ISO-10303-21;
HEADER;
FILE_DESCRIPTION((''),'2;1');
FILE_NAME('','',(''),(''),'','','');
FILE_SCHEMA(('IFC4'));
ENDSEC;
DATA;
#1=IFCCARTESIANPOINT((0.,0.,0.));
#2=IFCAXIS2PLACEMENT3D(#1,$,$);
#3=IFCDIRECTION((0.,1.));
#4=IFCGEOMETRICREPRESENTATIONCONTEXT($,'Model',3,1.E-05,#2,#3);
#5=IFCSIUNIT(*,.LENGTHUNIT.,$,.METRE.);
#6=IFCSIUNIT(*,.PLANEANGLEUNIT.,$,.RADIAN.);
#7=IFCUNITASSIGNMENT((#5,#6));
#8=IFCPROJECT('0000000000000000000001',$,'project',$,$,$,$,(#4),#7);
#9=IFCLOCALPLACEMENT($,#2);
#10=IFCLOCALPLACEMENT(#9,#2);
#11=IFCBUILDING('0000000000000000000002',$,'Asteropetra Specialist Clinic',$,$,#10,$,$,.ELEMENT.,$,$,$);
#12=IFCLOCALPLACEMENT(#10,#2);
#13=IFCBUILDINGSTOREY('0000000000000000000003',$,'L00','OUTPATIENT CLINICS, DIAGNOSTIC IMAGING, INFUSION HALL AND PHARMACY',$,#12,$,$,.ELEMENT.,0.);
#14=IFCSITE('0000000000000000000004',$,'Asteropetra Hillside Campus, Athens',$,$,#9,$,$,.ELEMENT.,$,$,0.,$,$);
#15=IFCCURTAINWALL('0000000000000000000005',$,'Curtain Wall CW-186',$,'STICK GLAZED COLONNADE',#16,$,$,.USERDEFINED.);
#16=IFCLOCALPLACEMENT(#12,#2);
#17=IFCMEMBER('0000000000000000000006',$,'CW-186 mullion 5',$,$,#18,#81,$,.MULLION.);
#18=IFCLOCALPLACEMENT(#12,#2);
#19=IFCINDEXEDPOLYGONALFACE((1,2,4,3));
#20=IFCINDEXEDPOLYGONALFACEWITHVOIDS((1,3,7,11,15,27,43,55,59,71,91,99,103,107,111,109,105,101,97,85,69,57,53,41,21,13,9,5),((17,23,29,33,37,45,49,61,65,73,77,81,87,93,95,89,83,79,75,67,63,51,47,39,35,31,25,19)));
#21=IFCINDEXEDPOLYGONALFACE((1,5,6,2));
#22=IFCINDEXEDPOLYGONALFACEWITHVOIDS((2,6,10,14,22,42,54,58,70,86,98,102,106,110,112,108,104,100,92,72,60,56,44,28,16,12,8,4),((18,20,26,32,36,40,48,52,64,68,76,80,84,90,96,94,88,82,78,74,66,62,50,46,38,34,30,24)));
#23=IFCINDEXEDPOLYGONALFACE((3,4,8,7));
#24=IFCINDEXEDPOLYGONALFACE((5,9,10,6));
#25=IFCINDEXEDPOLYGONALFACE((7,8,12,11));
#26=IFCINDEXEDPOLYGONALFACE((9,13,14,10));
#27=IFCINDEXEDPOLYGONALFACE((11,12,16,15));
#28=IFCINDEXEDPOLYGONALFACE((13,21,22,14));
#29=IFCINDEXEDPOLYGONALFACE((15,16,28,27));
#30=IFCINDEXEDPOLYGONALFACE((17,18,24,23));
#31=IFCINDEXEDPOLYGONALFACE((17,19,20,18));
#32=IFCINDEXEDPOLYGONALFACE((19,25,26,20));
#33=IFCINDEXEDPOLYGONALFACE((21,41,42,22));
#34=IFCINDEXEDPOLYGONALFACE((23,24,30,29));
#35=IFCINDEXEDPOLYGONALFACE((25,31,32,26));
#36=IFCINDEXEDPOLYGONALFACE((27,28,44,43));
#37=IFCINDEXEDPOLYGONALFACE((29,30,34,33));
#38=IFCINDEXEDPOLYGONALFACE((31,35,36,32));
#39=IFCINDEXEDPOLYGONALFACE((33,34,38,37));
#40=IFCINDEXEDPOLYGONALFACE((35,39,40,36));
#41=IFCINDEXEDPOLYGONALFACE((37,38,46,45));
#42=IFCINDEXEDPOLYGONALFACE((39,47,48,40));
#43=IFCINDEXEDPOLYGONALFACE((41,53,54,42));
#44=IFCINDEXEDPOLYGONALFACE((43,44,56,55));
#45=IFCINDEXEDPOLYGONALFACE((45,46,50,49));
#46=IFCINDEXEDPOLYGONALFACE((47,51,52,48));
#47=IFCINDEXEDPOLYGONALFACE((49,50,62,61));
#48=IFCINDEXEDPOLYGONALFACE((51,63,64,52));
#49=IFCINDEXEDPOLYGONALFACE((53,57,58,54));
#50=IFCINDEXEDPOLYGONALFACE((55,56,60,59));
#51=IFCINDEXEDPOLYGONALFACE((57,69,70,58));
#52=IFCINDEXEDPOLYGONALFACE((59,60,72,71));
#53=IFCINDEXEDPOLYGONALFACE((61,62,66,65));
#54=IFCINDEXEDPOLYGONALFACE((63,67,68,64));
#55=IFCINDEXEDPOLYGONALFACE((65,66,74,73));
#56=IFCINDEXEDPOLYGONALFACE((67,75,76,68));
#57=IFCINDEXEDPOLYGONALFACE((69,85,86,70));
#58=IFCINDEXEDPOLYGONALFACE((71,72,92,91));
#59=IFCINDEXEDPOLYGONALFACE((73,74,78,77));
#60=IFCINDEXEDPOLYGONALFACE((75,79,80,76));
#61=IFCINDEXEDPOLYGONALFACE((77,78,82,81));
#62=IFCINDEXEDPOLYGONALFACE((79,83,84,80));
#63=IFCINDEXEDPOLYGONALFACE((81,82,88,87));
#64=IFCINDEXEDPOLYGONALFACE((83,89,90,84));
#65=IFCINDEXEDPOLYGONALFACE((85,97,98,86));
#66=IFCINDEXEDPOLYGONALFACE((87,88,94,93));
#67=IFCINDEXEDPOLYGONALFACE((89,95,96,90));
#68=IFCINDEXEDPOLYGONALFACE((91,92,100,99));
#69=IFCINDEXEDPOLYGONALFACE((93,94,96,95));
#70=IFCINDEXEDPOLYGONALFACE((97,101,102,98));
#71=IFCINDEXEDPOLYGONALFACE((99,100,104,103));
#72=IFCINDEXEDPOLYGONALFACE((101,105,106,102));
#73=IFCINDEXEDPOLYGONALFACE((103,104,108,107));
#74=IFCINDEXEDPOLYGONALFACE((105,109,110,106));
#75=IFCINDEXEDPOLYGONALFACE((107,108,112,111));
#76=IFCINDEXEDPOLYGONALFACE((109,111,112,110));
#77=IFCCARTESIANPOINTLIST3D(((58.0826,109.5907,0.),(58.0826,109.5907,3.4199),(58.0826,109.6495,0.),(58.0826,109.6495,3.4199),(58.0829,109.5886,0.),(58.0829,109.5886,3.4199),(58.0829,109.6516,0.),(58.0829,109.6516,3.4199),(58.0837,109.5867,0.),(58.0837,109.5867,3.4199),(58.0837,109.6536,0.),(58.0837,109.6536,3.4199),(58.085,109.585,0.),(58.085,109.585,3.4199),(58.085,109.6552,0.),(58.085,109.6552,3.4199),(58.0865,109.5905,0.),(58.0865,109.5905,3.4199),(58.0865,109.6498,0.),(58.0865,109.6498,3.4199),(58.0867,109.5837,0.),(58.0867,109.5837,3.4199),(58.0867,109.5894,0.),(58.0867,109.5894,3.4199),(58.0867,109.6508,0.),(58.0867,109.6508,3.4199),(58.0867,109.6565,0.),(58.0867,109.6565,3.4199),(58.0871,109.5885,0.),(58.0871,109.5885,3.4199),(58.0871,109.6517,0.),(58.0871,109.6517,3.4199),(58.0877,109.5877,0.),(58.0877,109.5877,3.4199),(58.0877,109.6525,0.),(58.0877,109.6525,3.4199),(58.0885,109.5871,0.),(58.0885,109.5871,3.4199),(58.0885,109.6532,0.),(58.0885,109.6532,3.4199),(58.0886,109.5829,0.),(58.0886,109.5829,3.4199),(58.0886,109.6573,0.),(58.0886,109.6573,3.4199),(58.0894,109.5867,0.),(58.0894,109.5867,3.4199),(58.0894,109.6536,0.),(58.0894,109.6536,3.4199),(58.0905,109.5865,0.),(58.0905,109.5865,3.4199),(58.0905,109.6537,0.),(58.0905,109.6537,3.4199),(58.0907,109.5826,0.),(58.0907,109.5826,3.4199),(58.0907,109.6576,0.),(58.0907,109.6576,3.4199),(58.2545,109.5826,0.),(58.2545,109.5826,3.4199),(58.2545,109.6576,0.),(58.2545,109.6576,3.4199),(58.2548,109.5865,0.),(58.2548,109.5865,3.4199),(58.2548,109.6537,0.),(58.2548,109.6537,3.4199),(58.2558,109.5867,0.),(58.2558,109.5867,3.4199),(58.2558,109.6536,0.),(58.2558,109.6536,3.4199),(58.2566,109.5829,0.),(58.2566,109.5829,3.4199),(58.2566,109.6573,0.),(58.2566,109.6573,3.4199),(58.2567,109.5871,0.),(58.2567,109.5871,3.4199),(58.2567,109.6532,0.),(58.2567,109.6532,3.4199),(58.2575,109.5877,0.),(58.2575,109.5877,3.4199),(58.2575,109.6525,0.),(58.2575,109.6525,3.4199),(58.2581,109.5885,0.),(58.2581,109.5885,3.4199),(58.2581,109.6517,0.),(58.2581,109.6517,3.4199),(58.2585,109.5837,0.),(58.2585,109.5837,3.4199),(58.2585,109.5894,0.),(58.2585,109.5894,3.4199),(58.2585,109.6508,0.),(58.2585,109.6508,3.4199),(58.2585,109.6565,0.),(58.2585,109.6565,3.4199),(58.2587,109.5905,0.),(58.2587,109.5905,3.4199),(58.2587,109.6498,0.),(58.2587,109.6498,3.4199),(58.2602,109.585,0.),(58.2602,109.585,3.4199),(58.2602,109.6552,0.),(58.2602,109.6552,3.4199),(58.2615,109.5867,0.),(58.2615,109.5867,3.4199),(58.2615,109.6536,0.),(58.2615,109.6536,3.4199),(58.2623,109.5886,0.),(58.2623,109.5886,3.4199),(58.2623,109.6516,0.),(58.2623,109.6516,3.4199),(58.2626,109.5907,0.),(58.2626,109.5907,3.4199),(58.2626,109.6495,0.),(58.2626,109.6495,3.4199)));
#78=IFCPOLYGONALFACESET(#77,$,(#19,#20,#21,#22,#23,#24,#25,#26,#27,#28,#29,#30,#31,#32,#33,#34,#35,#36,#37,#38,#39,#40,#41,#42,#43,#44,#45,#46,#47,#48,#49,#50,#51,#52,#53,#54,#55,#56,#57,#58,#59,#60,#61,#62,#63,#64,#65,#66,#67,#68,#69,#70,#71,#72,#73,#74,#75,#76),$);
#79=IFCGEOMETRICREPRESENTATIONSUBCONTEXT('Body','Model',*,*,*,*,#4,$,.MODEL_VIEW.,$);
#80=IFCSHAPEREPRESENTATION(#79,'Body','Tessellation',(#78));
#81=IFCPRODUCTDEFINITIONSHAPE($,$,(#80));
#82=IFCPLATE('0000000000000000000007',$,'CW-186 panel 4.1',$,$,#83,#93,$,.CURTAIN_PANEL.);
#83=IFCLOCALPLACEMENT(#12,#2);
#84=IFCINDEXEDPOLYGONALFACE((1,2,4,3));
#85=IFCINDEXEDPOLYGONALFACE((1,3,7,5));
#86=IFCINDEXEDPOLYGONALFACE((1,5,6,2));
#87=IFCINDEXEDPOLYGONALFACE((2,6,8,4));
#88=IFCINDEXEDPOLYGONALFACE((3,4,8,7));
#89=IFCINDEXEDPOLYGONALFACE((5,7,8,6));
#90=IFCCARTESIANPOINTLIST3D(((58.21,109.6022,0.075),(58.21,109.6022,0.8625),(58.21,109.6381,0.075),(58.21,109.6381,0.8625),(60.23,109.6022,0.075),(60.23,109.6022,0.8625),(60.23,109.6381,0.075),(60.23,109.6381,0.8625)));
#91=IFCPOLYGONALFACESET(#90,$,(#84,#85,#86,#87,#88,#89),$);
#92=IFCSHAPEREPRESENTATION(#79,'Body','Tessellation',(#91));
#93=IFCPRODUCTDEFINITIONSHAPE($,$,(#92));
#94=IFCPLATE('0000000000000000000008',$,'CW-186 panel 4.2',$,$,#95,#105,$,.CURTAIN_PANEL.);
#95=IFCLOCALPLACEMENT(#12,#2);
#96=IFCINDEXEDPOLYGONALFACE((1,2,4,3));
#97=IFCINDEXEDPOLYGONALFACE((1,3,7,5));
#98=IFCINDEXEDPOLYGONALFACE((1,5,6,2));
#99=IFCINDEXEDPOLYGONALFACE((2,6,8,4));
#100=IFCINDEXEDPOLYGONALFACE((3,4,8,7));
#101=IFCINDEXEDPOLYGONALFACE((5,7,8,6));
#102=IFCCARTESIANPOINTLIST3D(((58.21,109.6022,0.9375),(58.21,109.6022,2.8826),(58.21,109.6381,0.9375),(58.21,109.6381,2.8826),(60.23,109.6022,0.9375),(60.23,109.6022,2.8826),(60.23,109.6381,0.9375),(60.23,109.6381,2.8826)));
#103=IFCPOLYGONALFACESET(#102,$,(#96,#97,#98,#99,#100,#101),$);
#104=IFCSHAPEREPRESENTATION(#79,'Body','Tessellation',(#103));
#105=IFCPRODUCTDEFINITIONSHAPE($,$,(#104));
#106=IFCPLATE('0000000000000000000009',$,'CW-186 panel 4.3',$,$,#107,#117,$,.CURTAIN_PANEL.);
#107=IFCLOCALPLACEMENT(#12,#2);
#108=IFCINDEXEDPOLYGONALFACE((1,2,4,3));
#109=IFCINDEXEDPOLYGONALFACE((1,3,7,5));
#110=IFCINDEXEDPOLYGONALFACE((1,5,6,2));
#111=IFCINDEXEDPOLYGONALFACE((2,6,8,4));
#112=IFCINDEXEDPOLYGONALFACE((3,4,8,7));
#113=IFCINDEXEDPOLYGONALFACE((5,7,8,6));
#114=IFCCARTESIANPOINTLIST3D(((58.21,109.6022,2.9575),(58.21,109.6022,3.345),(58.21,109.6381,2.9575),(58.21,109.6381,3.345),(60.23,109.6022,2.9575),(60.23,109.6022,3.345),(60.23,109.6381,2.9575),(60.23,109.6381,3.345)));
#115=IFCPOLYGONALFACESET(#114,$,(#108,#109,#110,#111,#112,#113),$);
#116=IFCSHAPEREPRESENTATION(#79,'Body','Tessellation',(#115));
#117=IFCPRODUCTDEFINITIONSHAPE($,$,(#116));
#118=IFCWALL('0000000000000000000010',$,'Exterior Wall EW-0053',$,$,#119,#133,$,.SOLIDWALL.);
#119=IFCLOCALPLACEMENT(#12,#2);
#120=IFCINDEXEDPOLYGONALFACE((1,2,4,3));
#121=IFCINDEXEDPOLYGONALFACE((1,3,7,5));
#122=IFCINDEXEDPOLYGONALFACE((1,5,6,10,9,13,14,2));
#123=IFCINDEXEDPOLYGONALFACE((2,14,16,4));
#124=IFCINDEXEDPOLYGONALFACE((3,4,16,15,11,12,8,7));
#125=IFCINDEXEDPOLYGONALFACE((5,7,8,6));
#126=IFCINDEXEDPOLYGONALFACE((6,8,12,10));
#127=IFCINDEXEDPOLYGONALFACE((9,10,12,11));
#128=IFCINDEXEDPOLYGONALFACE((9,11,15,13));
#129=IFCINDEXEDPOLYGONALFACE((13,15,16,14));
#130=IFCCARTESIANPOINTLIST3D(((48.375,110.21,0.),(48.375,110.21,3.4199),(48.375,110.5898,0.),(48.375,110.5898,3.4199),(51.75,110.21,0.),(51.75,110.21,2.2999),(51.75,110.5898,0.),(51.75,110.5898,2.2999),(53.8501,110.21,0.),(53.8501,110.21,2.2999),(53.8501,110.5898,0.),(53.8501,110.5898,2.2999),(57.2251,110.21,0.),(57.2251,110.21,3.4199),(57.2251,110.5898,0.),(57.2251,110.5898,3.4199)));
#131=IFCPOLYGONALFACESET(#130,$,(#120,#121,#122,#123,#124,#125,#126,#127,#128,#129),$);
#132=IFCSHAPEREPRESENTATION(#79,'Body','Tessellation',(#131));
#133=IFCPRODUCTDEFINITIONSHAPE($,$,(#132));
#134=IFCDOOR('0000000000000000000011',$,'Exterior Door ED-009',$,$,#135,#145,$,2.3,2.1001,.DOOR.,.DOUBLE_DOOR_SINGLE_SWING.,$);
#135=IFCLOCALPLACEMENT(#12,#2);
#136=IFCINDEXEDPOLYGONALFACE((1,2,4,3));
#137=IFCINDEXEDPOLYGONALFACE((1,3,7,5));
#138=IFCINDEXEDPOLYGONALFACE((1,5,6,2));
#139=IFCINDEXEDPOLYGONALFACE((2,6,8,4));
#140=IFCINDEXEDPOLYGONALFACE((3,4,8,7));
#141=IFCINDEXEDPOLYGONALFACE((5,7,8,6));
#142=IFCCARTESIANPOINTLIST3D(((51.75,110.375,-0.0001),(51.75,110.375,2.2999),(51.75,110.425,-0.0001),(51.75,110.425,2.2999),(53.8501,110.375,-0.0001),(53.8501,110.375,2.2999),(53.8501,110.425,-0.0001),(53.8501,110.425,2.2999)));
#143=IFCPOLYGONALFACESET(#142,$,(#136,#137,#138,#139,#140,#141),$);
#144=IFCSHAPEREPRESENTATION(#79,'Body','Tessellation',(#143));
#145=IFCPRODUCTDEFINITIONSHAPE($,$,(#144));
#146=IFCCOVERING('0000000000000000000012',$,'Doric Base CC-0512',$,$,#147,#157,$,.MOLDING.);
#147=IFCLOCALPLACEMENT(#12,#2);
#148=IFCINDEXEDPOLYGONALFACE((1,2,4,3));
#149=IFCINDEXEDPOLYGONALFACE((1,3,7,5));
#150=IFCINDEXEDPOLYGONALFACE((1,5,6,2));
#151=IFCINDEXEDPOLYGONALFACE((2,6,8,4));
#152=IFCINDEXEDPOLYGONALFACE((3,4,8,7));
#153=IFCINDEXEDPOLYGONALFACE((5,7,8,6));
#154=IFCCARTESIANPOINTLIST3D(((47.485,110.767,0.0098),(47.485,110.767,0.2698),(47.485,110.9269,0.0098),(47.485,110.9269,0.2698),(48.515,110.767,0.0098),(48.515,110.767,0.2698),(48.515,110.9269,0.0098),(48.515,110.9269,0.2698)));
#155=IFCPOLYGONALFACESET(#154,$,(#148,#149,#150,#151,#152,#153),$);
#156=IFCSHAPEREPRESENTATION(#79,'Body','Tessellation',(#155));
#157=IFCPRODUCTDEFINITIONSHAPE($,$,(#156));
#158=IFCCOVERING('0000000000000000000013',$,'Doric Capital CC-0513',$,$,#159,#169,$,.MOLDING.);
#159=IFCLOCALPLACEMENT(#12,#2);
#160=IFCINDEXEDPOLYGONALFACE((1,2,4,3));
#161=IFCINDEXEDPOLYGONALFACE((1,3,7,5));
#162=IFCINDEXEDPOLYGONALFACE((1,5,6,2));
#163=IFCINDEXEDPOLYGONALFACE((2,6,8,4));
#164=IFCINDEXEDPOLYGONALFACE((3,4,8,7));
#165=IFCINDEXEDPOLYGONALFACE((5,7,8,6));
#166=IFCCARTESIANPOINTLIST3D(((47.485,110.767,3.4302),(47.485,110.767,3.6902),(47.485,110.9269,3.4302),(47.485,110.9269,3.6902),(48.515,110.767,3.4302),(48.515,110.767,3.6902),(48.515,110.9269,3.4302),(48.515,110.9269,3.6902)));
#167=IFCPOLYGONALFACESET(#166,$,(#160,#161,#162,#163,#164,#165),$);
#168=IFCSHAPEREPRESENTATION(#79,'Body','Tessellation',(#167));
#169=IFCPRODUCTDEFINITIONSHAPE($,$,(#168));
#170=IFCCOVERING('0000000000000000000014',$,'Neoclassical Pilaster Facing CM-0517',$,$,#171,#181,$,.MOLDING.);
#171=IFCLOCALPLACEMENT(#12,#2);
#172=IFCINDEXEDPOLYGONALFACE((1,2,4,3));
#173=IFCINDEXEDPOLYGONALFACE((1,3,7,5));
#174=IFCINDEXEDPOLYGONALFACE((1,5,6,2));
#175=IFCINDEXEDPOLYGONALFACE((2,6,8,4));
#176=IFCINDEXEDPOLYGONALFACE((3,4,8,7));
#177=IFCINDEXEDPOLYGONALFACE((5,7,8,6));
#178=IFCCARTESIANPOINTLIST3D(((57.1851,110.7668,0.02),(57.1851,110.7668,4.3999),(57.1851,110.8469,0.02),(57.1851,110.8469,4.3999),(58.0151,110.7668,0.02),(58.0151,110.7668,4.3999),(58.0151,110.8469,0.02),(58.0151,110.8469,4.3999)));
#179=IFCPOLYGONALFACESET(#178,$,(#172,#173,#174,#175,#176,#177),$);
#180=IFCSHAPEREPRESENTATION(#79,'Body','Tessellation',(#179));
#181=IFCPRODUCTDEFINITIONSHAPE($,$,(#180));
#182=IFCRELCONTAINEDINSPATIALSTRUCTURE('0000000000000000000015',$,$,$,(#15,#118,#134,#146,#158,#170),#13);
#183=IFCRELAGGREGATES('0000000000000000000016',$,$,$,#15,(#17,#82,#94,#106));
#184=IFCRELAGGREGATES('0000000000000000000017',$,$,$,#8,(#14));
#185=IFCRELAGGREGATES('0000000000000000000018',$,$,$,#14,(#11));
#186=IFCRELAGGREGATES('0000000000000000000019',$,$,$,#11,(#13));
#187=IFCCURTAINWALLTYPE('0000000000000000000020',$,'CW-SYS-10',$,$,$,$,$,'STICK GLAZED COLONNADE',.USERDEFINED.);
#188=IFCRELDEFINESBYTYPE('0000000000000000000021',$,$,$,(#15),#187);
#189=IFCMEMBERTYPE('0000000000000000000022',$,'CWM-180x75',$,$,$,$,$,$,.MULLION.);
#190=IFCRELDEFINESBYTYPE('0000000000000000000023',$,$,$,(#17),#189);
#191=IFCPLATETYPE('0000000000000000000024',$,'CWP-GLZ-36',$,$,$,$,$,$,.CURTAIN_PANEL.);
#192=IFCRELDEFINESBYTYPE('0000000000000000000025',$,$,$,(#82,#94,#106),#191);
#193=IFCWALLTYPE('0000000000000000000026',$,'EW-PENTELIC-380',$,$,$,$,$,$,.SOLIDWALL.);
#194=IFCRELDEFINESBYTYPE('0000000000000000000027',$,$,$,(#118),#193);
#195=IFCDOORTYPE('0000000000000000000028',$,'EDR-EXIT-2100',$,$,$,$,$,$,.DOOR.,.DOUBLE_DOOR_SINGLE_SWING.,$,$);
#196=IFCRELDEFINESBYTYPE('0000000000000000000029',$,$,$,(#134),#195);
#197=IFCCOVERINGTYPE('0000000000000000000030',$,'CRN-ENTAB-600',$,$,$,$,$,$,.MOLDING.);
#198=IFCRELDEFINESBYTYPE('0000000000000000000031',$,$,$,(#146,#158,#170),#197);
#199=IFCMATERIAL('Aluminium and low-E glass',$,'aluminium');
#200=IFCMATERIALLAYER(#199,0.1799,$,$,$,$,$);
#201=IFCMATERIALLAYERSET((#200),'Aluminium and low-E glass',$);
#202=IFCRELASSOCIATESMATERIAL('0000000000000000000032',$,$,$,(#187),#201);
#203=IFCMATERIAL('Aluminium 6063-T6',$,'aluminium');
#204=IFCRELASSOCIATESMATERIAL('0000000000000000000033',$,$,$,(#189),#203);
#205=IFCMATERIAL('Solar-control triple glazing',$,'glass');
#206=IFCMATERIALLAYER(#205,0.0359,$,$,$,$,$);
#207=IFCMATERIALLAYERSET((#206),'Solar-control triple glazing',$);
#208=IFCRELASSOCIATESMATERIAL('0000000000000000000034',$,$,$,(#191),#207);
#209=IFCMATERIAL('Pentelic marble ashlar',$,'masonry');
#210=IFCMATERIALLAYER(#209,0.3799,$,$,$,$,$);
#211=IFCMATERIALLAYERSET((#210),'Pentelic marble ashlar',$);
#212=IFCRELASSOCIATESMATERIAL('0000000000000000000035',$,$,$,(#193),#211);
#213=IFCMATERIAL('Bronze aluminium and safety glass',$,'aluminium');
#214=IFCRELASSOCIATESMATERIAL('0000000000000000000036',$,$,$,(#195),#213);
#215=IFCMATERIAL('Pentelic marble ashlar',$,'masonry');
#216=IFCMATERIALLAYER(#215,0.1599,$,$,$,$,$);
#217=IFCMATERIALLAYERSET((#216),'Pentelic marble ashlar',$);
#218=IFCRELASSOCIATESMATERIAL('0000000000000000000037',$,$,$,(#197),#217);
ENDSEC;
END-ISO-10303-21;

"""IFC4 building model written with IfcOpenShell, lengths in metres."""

from ifc_helpers import new_model, si_unit, direction, frame, frame_2d, origin, origin_2d, place, context, subcontext, project, spatial, rectangle, hollow_rectangle, extrude, material, layer, layer_set, material_profile, profile_set, type_object, element, fill, aggregate, save


model = new_model("IFC4")

# Units and contexts
model_context = context("Model", 3, precision=1e-05, world=origin(), true_north=direction((0.0, 1.0)))
body_context = subcontext(model_context, "Body", "Model", "MODEL_VIEW")
ifc_project = project(units=[si_unit("LENGTHUNIT", "METRE"), si_unit("PLANEANGLEUNIT", "RADIAN")], contexts=[model_context])

# Site, building, storey
site_placement = place(None, origin())
site = spatial("IfcSite", under=ifc_project, at=site_placement, Name="Asteropetra Hillside Campus, Athens", CompositionType="ELEMENT", RefElevation=0.0)
building_placement = place(site_placement, origin())
building = spatial("IfcBuilding", under=site, at=building_placement, Name="Asteropetra Specialist Clinic", CompositionType="ELEMENT")
storey_placement = place(building_placement, origin())
storey = spatial("IfcBuildingStorey", under=building, at=storey_placement, Name="L00", Description="OUTPATIENT CLINICS, DIAGNOSTIC IMAGING, INFUSION HALL AND PHARMACY", CompositionType="ELEMENT", Elevation=0.0)

# Curtain wall, member, plates
ifc_material_1 = material(Name="Aluminium and low-E glass", Category="aluminium")
ifc_layer_1 = layer(ifc_material_1, 0.1799)
ifc_layer_set_1 = layer_set([ifc_layer_1], Name="Aluminium and low-E glass")
curtain_wall_type = type_object("IfcCurtainWallType", Name="CW-SYS-10", ElementType="STICK GLAZED COLONNADE", PredefinedType="USERDEFINED", material=ifc_layer_set_1)
curtain_wall_placement = place(storey_placement, origin())
curtain_wall = element("IfcCurtainWall", 1, at=curtain_wall_placement, inside=storey, type_object=curtain_wall_type, Name="Curtain Wall CW-186", ObjectType="STICK GLAZED COLONNADE", PredefinedType="USERDEFINED")
ifc_material_2 = material(Name="Aluminium 6063-T6", Category="aluminium")
ifc_material_profile_1 = material_profile(ifc_material_2, hollow_rectangle(XDim=0.075, YDim=0.1799, WallThickness=0.0039, InnerFilletRadius=0.0039, OuterFilletRadius=0.0081, at=origin_2d()), Name="MUL 180x75x4.0")
ifc_profile_set_1 = profile_set([ifc_material_profile_1], Name="Aluminium 6063-T6")
member_type = type_object("IfcMemberType", Name="CWM-180x75", PredefinedType="MULLION", material=ifc_profile_set_1)
member_placement = place(storey_placement, frame((58.1726, 109.6201, 0.0), z_axis=(0.0, 0.0, 1.0), x_axis=(0.0, -1.0, 0.0)))
member = element("IfcMember", 2, at=member_placement, type_object=member_type, Name="CW-186 mullion 5", PredefinedType="MULLION", context=body_context, shape_type="SweptSolid", body=[
    extrude(hollow_rectangle(XDim=0.075, YDim=0.1799, WallThickness=0.0039, InnerFilletRadius=0.0039, OuterFilletRadius=0.0081, at=origin_2d()), origin(), (0.0, 0.0, 1.0), 3.4199),
])
ifc_material_3 = material(Name="Solar-control triple glazing", Category="glass")
ifc_layer_2 = layer(ifc_material_3, 0.0359)
ifc_layer_set_2 = layer_set([ifc_layer_2], Name="Solar-control triple glazing")
plate_type = type_object("IfcPlateType", Name="CWP-GLZ-36", PredefinedType="CURTAIN_PANEL", material=ifc_layer_set_2)
plate_1_placement = place(storey_placement, frame((59.22, 109.6201, 0.075), z_axis=(0.0, 0.0, 1.0), x_axis=(-1.0, 0.0, 0.0)))
plate_1 = element("IfcPlate", 3, at=plate_1_placement, type_object=plate_type, Name="CW-186 panel 4.1", PredefinedType="CURTAIN_PANEL", context=body_context, shape_type="SweptSolid", body=[
    extrude(rectangle(XDim=2.02, YDim=0.0359, at=origin_2d()), origin(), (0.0, 0.0, 1.0), 0.7876),
])
plate_2_placement = place(storey_placement, frame((59.22, 109.6201, 0.9375), z_axis=(0.0, 0.0, 1.0), x_axis=(-1.0, 0.0, 0.0)))
plate_2 = element("IfcPlate", 4, at=plate_2_placement, type_object=plate_type, Name="CW-186 panel 4.2", PredefinedType="CURTAIN_PANEL", context=body_context, shape_type="SweptSolid", body=[
    extrude(rectangle(XDim=2.02, YDim=0.0359, at=origin_2d()), origin(), (0.0, 0.0, 1.0), 1.9451),
])
plate_3_placement = place(storey_placement, frame((59.22, 109.6201, 2.9575), z_axis=(0.0, 0.0, 1.0), x_axis=(-1.0, 0.0, 0.0)))
plate_3 = element("IfcPlate", 5, at=plate_3_placement, type_object=plate_type, Name="CW-186 panel 4.3", PredefinedType="CURTAIN_PANEL", context=body_context, shape_type="SweptSolid", body=[
    extrude(rectangle(XDim=2.02, YDim=0.0359, at=origin_2d()), origin(), (0.0, 0.0, 1.0), 0.3875),
])
aggregate(curtain_wall, [member, plate_1, plate_2, plate_3])

# Wall, opening, door
ifc_material_4 = material(Name="Pentelic marble ashlar", Category="masonry")
ifc_layer_3 = layer(ifc_material_4, 0.3799)
ifc_layer_set_3 = layer_set([ifc_layer_3], Name="Pentelic marble ashlar")
wall_type = type_object("IfcWallType", Name="EW-PENTELIC-380", PredefinedType="SOLIDWALL", material=ifc_layer_set_3)
wall_placement = place(storey_placement, frame((57.2251, 110.3999, 0.0), z_axis=(0.0, 0.0, 1.0), x_axis=(-1.0, 0.0, 0.0)))
wall = element("IfcWall", 6, at=wall_placement, inside=storey, type_object=wall_type, Name="Exterior Wall EW-0053", PredefinedType="SOLIDWALL", context=body_context, shape_type="SweptSolid", body=[
    extrude(rectangle(XDim=8.8501, YDim=0.3799, at=frame_2d((4.425, 0.0))), origin(), (0.0, 0.0, 1.0), 3.4199),
])
opening_placement = place(wall_placement, frame((3.375, 0.0, 0.0)))
opening = element("IfcOpeningElement", 7, at=opening_placement, cuts=wall, PredefinedType="OPENING", context=body_context, shape_type="SweptSolid", body=[
    extrude(rectangle(XDim=2.1001, YDim=2.3, at=frame_2d((1.05, 1.1499))), frame((0.0, 0.2, 0.0), z_axis=(0.0, -1.0, 0.0), x_axis=(1.0, 0.0, 0.0)), (0.0, 0.0, 1.0), 0.3999),
])
ifc_material_5 = material(Name="Bronze aluminium and safety glass", Category="aluminium")
door_type = type_object("IfcDoorType", Name="EDR-EXIT-2100", OperationType="DOUBLE_DOOR_SINGLE_SWING", PredefinedType="DOOR", material=ifc_material_5)
door_placement = place(opening_placement, origin())
door = element("IfcDoor", 8, at=door_placement, inside=storey, type_object=door_type, Name="Exterior Door ED-009", OperationType="DOUBLE_DOOR_SINGLE_SWING", OverallHeight=2.3, OverallWidth=2.1001, PredefinedType="DOOR", context=body_context, shape_type="SweptSolid", body=[
    extrude(rectangle(XDim=2.1001, YDim=2.3, at=frame_2d((1.05, 1.1499))), frame((0.0, 0.0249, 0.0), z_axis=(0.0, -1.0, 0.0), x_axis=(1.0, 0.0, 0.0)), (0.0, 0.0, 1.0), 0.05),
])
fill(opening, door)

# Coverings
ifc_material_6 = material(Name="Pentelic marble ashlar", Category="masonry")
ifc_layer_4 = layer(ifc_material_6, 0.1599)
ifc_layer_set_4 = layer_set([ifc_layer_4], Name="Pentelic marble ashlar")
covering_type = type_object("IfcCoveringType", Name="CRN-ENTAB-600", PredefinedType="MOLDING", material=ifc_layer_set_4)
for number, where, z_axis, x_axis, name in (
    (9, (48.0, 110.8469, 0.0098), (0.0, 0.0, 1.0), (1.0, 0.0, 0.0), "Doric Base CC-0512"),
    (10, (48.0, 110.8469, 3.4302), (0.0, 0.0, 1.0), (1.0, 0.0, 0.0), "Doric Capital CC-0513"),
):
    element("IfcCovering", number, at=place(storey_placement, frame(where, z_axis=z_axis, x_axis=x_axis)), inside=storey, type_object=covering_type, Name=name, PredefinedType="MOLDING", context=body_context, shape_type="SweptSolid", body=[
        extrude(rectangle(XDim=1.03, YDim=0.1599, at=origin_2d()), origin(), (0.0, 0.0, 1.0), 0.26),
    ])
covering_1_placement = place(storey_placement, frame((57.6001, 110.8069, 0.02), z_axis=(0.0, 0.0, 1.0), x_axis=(1.0, 0.0, 0.0)))
element("IfcCovering", 11, at=covering_1_placement, inside=storey, type_object=covering_type, Name="Neoclassical Pilaster Facing CM-0517", PredefinedType="MOLDING", context=body_context, shape_type="SweptSolid", body=[
    extrude(rectangle(XDim=0.8301, YDim=0.0801, at=origin_2d()), origin(), (0.0, 0.0, 1.0), 4.3799),
])

save(model, "model.ifc")
